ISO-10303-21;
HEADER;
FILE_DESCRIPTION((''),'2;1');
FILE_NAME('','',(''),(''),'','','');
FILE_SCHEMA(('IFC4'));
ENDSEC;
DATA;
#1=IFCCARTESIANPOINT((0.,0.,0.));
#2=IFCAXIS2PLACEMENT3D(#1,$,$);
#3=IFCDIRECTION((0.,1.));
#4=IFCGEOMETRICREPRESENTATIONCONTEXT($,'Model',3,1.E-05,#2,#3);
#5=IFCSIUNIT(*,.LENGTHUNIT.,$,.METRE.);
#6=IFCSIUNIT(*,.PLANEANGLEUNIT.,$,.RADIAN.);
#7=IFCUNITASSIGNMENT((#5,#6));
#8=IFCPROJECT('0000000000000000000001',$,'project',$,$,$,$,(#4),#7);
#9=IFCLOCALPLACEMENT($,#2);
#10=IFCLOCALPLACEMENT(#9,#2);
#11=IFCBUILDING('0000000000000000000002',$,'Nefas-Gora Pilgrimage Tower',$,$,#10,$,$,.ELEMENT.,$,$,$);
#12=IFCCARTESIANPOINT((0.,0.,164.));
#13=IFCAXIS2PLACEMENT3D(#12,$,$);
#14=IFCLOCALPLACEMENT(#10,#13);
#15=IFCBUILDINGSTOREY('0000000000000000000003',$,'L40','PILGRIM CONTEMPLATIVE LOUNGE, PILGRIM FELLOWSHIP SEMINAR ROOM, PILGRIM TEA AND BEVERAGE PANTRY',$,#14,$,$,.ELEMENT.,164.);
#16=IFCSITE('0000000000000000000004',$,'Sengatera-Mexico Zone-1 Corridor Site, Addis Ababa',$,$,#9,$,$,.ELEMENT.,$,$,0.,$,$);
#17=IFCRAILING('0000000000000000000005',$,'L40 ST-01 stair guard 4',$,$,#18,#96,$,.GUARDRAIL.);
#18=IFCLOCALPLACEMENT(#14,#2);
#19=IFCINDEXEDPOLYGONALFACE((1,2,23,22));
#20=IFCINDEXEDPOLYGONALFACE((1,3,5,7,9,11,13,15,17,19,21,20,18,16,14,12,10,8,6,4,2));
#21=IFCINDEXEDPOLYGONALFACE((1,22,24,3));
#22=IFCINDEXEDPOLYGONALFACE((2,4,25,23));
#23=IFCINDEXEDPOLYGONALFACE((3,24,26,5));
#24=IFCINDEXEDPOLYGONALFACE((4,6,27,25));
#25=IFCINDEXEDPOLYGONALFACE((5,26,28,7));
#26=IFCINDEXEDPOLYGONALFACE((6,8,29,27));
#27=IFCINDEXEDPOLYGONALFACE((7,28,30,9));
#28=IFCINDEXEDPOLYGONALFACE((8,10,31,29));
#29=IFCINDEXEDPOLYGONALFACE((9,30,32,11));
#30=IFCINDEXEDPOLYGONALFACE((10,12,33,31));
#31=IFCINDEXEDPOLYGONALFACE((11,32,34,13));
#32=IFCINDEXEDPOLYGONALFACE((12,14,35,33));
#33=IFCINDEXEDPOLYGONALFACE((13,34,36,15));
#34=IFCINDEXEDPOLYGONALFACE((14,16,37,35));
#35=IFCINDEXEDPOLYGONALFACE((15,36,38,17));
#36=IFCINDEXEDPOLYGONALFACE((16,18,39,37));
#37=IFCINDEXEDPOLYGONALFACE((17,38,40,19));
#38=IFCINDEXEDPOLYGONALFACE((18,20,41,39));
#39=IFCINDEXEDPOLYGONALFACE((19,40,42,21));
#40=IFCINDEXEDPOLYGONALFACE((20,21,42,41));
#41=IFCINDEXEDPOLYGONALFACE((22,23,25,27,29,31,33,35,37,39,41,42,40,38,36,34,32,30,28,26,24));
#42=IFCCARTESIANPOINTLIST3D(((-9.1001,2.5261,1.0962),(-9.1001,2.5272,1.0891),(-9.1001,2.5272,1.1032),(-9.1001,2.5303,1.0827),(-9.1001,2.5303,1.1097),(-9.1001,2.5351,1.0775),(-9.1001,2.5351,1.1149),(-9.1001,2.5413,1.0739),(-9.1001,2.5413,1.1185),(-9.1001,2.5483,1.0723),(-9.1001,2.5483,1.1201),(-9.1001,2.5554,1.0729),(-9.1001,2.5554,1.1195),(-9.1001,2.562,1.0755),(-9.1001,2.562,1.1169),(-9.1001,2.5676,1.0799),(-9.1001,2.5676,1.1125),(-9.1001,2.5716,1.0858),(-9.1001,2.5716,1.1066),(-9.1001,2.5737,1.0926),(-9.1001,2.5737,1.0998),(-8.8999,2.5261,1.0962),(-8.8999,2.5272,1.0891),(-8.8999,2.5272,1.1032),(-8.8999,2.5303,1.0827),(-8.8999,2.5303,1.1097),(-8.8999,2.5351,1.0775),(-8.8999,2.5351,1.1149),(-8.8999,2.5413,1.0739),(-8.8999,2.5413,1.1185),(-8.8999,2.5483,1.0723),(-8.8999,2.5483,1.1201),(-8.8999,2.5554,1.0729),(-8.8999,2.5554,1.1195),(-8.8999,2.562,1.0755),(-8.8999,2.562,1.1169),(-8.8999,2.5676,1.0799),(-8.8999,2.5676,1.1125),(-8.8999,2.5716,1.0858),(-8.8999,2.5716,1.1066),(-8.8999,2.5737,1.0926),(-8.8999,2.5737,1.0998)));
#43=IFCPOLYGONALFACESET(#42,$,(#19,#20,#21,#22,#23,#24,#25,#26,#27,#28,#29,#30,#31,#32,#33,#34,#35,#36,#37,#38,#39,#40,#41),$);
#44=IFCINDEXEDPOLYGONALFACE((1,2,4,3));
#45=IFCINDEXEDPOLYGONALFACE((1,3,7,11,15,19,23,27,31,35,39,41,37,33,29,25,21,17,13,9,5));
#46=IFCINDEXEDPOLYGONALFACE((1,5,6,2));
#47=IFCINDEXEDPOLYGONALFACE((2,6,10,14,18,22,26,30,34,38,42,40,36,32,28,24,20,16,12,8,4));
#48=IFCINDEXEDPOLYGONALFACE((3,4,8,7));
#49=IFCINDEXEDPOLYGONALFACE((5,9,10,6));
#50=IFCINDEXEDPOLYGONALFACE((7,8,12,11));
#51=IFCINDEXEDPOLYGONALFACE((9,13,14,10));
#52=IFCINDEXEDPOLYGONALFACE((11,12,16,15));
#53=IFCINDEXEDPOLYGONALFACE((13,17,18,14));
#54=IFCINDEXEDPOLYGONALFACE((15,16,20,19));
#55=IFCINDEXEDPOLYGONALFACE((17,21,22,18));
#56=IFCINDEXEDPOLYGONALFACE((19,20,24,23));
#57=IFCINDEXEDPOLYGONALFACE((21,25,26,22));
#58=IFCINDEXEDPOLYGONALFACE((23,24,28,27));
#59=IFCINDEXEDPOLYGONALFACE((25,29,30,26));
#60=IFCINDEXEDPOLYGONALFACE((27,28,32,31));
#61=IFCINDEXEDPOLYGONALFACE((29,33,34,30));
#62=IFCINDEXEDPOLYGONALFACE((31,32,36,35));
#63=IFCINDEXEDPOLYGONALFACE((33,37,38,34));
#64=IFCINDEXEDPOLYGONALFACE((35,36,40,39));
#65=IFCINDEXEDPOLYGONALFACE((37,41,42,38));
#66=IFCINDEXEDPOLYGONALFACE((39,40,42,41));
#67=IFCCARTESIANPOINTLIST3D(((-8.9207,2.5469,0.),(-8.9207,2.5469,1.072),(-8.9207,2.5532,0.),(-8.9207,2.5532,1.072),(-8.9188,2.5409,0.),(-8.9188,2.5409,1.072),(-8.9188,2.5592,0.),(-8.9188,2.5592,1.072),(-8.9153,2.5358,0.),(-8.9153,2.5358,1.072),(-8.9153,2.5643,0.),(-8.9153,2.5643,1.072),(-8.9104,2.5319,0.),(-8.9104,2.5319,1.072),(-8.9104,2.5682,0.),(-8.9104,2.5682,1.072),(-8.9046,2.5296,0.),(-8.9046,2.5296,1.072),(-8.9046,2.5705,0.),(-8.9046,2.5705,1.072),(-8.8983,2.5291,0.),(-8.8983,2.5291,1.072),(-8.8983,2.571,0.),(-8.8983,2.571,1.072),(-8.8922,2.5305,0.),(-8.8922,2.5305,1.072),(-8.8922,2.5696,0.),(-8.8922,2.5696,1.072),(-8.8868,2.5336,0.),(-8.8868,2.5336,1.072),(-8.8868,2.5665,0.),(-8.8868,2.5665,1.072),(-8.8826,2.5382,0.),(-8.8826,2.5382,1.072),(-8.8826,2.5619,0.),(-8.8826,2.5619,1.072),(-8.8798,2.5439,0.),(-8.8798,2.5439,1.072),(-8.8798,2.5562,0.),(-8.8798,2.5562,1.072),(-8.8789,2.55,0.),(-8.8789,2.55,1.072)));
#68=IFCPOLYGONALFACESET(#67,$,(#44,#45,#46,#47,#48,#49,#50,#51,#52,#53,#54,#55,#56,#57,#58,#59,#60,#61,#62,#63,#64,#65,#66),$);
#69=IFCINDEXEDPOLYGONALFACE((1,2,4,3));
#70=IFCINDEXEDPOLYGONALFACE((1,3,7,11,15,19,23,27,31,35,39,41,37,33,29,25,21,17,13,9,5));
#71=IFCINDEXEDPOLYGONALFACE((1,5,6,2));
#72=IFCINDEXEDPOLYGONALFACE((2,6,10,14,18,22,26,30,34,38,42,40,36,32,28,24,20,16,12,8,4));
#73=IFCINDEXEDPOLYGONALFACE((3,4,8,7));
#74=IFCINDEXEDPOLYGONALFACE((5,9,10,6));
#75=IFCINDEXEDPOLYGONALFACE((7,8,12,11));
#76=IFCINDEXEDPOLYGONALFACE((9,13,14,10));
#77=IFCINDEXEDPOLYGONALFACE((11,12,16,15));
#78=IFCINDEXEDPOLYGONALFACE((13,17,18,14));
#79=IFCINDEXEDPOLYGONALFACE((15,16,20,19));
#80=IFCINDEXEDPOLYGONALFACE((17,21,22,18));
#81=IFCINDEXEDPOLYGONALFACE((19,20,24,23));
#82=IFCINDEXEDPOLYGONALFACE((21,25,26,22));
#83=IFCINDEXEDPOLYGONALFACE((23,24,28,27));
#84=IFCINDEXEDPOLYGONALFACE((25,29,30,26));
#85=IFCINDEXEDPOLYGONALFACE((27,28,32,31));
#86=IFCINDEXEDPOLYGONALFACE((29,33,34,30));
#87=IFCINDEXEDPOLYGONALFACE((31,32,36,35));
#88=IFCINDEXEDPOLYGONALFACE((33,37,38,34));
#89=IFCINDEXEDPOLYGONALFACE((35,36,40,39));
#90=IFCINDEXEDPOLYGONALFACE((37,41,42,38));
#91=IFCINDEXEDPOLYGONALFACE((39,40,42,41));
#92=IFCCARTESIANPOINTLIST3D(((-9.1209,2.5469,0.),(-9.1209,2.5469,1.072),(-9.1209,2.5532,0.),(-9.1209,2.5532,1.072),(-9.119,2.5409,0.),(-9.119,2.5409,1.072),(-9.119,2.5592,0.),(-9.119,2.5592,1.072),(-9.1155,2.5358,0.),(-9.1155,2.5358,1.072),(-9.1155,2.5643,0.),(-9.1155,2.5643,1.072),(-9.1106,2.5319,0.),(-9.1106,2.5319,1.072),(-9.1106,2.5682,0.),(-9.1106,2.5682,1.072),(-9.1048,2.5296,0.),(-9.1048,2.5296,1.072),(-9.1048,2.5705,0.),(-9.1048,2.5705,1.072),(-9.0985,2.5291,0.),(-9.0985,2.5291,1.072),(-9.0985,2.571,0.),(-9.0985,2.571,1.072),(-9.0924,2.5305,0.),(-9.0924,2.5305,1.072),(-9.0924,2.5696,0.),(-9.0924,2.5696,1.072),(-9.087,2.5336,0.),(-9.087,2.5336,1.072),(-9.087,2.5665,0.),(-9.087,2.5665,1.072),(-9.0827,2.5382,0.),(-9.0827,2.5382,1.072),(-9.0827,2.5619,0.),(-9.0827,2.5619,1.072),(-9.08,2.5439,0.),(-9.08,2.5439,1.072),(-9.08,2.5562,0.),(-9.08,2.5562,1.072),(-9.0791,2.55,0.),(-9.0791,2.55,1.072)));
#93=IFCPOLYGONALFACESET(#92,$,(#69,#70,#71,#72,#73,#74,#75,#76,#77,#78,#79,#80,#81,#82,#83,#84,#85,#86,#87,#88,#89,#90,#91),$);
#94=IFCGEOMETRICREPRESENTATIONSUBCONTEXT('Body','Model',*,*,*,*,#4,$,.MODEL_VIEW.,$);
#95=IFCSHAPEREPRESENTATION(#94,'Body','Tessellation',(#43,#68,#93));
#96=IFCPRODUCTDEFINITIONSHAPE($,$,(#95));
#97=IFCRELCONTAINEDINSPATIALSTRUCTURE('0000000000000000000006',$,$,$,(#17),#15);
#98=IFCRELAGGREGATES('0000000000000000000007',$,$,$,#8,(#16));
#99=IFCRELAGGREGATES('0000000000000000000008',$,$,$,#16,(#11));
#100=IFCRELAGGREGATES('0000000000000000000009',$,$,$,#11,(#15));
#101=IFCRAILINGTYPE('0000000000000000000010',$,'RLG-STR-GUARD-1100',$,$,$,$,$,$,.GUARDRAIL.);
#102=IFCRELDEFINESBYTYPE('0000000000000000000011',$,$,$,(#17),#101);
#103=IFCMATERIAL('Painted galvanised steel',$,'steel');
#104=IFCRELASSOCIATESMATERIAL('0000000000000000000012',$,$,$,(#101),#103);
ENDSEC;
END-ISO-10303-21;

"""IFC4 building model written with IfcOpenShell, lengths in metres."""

from ifc_helpers import new_model, si_unit, direction, frame, origin, origin_2d, place, context, subcontext, project, spatial, circle, extrude, material, type_object, element, save


model = new_model("IFC4")

# Units and contexts
model_context = context("Model", 3, precision=1e-05, world=origin(), true_north=direction((0.0, 1.0)))
body_context = subcontext(model_context, "Body", "Model", "MODEL_VIEW")
ifc_project = project(units=[si_unit("LENGTHUNIT", "METRE"), si_unit("PLANEANGLEUNIT", "RADIAN")], contexts=[model_context])

# Site, building, storey
site_placement = place(None, origin())
site = spatial("IfcSite", under=ifc_project, at=site_placement, Name="Sengatera-Mexico Zone-1 Corridor Site, Addis Ababa", CompositionType="ELEMENT", RefElevation=0.0)
building_placement = place(site_placement, origin())
building = spatial("IfcBuilding", under=site, at=building_placement, Name="Nefas-Gora Pilgrimage Tower", CompositionType="ELEMENT")
storey_placement = place(building_placement, frame((0.0, 0.0, 164.0)))
storey = spatial("IfcBuildingStorey", under=building, at=storey_placement, Name="L40", Description="PILGRIM CONTEMPLATIVE LOUNGE, PILGRIM FELLOWSHIP SEMINAR ROOM, PILGRIM TEA AND BEVERAGE PANTRY", CompositionType="ELEMENT", Elevation=164.0)

# Railing
ifc_material_1 = material(Name="Painted galvanised steel", Category="steel")
railing_type_1 = type_object("IfcRailingType", Name="RLG-STR-GUARD-1100", PredefinedType="GUARDRAIL", material=ifc_material_1)
railing_1_placement = place(storey_placement, frame((-8.8999, 2.55, 0.0)))
element("IfcRailing", 1, at=railing_1_placement, inside=storey, type_object=railing_type_1, Name="L40 ST-01 stair guard 4", PredefinedType="GUARDRAIL", context=body_context, shape_type="SweptSolid", body=[
    extrude(circle(Radius=0.0239, at=origin_2d()), frame((0.0, 0.0, 1.0962), z_axis=(-1.0, 0.0, 0.0), x_axis=(0.0, -1.0, 0.0)), (0.0, 0.0, 1.0), 0.2002),
    extrude(circle(Radius=0.021, at=origin_2d()), origin(), (0.0, 0.0, 1.0), 1.072),
    extrude(circle(Radius=0.021, at=origin_2d()), frame((-0.2002, 0.0, 0.0)), (0.0, 0.0, 1.0), 1.072),
])

save(model, "model.ifc")
